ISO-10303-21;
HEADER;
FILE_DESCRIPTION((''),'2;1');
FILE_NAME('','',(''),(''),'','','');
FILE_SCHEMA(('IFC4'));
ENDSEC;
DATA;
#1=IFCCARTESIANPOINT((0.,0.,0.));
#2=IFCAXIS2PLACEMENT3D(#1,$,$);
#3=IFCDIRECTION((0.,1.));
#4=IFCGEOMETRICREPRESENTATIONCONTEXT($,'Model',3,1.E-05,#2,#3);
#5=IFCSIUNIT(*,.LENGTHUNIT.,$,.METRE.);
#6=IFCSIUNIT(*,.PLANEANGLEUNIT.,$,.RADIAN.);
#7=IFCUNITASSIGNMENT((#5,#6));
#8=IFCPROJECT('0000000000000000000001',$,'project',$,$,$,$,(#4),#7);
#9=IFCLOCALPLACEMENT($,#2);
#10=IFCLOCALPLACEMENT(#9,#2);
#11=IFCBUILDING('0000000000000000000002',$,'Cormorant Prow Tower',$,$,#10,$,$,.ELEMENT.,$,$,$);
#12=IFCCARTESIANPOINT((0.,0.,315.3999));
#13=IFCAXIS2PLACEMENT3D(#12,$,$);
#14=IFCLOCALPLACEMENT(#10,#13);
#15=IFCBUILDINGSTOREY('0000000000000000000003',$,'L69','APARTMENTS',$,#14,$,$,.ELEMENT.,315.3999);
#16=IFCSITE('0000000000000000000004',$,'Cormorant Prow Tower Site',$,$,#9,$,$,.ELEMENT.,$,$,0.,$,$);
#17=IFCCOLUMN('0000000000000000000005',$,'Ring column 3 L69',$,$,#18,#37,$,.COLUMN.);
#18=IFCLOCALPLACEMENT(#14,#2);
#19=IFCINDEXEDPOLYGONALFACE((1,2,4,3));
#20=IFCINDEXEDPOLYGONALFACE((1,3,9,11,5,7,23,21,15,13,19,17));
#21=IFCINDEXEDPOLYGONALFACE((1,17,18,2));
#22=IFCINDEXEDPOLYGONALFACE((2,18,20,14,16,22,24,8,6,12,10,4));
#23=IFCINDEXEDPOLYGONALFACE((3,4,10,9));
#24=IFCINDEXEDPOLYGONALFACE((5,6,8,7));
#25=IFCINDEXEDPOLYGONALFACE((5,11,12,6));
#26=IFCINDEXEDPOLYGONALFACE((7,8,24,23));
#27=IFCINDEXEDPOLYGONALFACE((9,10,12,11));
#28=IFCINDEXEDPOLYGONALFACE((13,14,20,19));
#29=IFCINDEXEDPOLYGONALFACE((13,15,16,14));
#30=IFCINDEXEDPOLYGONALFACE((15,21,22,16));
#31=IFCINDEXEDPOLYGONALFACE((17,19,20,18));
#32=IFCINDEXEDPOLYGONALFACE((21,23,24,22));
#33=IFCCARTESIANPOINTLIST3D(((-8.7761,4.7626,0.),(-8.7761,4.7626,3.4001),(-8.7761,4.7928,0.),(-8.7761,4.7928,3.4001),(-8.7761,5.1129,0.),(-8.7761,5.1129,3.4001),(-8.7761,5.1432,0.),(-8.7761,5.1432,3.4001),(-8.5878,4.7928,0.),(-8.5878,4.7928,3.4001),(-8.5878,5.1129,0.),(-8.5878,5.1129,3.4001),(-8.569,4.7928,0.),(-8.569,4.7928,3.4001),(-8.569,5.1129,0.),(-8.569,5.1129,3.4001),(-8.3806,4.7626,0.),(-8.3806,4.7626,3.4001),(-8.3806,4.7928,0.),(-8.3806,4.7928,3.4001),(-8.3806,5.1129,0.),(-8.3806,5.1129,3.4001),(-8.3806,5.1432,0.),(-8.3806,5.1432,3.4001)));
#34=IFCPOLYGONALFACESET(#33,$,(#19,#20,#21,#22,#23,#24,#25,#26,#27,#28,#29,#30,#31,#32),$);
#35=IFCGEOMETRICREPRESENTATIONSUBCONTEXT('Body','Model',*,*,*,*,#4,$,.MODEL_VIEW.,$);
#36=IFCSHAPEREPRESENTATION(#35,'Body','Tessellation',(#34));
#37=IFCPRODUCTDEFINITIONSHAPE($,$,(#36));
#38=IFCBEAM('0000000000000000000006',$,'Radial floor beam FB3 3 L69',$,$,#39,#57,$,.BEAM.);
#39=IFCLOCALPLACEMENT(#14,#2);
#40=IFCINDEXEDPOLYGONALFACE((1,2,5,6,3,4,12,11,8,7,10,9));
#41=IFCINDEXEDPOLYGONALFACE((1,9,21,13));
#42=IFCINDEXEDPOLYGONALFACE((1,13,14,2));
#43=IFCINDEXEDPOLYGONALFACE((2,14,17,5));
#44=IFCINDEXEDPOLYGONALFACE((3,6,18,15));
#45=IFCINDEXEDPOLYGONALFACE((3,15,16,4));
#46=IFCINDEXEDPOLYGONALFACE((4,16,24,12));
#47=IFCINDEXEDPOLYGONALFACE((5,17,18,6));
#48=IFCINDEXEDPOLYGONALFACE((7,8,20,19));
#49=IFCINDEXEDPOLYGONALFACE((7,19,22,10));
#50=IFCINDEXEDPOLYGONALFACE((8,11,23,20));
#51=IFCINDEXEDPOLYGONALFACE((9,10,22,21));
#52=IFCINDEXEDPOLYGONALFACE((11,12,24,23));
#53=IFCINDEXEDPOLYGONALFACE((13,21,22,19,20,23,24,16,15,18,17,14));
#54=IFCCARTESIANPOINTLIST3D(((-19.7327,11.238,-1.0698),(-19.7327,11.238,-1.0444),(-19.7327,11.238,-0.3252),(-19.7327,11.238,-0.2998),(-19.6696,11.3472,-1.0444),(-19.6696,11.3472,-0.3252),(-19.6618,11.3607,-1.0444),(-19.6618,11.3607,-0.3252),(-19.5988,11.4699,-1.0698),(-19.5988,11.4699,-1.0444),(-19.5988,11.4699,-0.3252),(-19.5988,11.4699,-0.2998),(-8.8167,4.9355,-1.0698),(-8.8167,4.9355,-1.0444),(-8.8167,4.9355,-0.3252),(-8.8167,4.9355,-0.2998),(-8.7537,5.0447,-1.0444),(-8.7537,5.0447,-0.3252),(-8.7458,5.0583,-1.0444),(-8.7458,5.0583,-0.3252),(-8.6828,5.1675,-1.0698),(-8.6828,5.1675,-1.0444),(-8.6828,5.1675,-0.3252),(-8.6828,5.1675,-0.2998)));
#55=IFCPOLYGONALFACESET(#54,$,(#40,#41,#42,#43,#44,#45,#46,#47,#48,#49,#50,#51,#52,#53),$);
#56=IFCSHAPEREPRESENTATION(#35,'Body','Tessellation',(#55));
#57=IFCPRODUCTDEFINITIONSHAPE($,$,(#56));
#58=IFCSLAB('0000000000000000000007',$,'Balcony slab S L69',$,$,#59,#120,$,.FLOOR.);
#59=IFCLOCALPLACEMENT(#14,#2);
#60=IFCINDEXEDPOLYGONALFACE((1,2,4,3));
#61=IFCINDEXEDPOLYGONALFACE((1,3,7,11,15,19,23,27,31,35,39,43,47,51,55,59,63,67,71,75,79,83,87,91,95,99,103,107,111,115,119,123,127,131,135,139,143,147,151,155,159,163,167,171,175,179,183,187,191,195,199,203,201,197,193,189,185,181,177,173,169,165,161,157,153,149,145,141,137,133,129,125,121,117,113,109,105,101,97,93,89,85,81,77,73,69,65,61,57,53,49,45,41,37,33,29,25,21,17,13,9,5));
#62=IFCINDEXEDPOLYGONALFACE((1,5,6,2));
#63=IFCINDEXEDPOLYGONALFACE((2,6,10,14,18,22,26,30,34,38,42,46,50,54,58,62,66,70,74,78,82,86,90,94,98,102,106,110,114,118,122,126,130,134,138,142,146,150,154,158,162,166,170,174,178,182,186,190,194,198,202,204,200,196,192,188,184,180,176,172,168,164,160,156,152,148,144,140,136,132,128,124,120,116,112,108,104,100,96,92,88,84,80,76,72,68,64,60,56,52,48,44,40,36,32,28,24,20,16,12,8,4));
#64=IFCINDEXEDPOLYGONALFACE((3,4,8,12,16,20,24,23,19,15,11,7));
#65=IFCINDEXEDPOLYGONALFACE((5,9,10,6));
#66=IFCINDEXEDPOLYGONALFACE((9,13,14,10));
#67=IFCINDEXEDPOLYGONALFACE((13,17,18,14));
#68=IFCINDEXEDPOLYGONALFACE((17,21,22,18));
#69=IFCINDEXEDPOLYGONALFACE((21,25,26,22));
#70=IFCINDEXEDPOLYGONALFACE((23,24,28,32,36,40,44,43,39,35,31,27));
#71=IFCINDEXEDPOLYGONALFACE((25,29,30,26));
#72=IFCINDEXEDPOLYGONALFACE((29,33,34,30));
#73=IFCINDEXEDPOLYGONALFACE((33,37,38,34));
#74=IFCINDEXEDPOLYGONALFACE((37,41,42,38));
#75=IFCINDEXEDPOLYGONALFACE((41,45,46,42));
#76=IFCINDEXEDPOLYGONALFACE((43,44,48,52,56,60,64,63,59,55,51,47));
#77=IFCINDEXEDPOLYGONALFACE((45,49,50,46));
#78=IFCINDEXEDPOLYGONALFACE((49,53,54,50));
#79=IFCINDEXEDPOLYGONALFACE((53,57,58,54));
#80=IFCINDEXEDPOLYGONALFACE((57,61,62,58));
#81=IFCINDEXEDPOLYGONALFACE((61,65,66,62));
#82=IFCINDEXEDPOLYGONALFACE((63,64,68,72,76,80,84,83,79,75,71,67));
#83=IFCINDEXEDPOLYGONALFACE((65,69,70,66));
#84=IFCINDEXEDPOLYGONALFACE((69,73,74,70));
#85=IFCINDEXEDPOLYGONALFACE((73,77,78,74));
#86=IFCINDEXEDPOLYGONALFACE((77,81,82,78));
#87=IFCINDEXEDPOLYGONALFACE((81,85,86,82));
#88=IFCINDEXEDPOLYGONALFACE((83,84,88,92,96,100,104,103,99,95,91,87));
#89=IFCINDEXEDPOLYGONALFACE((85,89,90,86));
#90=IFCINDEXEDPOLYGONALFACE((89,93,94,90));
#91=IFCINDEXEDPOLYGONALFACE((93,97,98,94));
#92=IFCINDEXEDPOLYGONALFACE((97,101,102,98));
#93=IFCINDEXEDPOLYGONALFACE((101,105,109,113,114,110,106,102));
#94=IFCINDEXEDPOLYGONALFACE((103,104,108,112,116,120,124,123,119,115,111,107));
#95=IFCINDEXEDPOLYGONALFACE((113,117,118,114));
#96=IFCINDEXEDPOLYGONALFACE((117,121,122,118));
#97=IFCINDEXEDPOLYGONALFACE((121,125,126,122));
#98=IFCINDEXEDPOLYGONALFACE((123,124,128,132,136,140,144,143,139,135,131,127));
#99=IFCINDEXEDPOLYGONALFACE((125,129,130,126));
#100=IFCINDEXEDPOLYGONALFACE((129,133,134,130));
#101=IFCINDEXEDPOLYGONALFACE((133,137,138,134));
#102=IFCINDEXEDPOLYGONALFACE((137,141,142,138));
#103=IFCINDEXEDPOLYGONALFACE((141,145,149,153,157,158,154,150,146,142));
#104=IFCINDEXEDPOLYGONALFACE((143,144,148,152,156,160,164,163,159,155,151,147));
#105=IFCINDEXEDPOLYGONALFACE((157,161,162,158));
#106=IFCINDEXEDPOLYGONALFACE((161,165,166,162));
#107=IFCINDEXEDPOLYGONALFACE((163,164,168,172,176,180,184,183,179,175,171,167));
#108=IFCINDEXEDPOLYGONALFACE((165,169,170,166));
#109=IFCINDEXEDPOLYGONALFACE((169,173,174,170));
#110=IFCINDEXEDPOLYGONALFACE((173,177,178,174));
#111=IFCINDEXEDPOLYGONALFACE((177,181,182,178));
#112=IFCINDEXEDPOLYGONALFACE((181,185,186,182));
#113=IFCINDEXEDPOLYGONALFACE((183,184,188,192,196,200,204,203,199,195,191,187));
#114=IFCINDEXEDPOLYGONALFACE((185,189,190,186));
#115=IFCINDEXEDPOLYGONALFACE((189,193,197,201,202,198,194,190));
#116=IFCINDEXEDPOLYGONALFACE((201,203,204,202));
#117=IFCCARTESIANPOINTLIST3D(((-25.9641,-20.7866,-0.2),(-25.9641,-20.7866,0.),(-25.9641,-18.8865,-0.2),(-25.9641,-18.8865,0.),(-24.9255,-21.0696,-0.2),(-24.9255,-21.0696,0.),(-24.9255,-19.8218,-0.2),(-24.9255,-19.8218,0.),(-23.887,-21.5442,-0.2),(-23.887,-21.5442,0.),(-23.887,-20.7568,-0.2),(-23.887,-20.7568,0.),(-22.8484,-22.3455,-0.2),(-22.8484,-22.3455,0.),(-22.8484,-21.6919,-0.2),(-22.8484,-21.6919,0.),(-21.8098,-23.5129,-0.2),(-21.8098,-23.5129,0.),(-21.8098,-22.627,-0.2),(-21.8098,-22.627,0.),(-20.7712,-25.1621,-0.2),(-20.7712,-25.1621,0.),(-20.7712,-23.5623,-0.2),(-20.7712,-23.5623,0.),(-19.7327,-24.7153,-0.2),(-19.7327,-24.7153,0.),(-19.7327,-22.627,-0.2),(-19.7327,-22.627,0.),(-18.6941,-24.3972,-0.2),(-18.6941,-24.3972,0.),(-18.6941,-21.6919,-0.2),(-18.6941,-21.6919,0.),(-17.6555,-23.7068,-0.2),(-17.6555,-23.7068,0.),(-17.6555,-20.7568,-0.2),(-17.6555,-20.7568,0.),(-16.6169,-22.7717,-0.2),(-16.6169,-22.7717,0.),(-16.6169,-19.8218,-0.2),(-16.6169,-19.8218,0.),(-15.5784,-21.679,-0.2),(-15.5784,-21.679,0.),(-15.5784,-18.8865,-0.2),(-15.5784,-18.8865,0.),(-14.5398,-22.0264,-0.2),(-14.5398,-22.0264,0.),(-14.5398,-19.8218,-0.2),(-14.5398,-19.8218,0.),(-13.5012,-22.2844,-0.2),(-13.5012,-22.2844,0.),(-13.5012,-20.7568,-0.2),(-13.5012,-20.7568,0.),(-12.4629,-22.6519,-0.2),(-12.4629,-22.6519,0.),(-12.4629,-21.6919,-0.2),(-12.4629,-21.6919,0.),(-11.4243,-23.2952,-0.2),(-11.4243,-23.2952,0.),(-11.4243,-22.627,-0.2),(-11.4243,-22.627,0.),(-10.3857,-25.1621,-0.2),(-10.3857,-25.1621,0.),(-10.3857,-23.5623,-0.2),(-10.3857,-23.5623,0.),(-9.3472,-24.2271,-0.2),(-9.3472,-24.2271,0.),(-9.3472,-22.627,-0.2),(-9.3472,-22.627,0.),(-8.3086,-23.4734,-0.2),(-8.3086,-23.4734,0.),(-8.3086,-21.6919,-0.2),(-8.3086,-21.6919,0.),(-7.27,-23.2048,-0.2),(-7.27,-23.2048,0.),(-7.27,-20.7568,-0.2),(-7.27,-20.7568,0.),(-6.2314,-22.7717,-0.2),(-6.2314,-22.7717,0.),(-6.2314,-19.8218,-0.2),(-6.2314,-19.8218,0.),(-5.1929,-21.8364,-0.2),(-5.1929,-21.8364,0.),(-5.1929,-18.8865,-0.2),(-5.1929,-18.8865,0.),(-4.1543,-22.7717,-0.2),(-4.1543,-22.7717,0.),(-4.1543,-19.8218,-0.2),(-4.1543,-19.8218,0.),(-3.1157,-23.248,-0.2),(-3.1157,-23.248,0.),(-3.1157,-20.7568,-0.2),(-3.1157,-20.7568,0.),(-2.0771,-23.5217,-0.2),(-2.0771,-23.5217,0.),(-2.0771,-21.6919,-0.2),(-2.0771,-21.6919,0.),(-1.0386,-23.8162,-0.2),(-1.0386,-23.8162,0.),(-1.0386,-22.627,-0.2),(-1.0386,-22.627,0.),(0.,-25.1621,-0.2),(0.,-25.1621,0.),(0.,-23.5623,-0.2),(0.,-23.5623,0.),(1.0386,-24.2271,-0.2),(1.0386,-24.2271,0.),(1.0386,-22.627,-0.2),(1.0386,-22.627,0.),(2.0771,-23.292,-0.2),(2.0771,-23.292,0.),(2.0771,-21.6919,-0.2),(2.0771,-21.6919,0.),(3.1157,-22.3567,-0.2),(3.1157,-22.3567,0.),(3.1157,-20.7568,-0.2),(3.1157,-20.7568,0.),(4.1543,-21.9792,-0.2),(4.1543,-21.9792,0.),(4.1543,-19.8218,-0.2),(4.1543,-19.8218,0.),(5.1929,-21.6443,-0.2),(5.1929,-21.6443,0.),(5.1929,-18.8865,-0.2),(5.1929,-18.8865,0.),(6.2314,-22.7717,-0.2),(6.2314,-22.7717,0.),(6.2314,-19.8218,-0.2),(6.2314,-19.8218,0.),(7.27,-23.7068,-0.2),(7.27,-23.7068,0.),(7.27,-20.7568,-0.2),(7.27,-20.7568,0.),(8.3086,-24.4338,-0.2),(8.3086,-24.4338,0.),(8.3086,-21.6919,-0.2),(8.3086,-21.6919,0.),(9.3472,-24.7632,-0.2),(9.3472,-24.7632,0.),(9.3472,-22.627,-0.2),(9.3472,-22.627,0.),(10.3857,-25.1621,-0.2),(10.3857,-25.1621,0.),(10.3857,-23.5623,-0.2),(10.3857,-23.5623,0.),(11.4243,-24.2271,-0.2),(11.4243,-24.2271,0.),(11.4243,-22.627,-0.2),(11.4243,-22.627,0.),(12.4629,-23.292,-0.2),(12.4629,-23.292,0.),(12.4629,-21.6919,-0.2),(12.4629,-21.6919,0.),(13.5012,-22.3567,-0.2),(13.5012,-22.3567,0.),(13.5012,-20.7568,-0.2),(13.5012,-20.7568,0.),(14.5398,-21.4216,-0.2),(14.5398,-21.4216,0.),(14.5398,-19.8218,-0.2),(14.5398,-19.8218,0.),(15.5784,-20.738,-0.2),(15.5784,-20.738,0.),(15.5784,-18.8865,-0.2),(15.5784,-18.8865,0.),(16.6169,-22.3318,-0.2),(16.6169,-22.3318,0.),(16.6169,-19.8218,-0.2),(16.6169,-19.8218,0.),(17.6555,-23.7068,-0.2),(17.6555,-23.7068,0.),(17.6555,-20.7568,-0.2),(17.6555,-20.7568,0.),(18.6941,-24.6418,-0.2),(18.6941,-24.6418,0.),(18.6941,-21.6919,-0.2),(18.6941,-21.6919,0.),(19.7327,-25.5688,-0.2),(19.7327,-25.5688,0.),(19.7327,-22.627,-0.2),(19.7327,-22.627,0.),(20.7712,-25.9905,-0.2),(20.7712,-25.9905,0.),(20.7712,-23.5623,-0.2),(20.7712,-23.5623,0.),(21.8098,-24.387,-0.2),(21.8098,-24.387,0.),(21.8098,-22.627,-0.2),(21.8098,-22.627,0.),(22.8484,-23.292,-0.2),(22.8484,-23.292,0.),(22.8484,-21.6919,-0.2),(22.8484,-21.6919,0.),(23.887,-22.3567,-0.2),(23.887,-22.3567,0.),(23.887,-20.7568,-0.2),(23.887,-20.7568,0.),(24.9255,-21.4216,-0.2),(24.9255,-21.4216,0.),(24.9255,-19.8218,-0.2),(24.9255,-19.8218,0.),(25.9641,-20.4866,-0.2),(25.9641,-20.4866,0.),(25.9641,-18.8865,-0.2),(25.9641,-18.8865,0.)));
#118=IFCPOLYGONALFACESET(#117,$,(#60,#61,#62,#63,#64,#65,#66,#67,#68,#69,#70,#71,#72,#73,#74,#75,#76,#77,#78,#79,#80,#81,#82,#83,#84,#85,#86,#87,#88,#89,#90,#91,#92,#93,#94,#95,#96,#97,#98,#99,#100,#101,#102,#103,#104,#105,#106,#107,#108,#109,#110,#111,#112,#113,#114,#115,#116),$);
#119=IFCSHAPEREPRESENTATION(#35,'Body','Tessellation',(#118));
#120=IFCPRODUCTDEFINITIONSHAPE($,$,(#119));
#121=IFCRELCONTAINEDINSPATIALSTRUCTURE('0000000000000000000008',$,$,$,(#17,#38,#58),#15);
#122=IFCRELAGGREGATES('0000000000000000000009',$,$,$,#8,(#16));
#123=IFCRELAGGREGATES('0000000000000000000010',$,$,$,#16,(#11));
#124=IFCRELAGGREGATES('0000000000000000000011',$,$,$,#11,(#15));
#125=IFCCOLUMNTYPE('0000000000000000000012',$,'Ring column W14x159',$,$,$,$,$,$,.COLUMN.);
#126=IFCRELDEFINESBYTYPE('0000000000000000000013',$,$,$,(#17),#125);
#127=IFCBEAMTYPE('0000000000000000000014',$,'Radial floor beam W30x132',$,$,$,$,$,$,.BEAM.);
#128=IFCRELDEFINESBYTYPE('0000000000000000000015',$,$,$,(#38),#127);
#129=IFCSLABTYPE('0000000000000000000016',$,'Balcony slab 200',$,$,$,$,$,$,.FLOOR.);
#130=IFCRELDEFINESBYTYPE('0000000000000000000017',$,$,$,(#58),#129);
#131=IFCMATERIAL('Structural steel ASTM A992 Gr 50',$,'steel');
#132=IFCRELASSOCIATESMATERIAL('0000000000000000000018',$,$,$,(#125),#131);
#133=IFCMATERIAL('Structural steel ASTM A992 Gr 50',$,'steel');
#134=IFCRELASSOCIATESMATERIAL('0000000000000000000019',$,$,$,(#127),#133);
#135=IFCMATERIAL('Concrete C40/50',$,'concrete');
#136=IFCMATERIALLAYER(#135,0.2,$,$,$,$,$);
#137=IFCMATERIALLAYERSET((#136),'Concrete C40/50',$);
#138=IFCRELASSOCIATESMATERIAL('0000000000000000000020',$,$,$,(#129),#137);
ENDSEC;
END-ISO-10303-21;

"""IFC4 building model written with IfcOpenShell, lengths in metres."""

from ifc_helpers import new_model, si_unit, direction, frame, origin, origin_2d, place, context, subcontext, project, spatial, polyline, i_section, outline, extrude, material, layer, layer_set, material_profile, profile_set, type_object, element, save


model = new_model("IFC4")

# Units and contexts
model_context = context("Model", 3, precision=1e-05, world=origin(), true_north=direction((0.0, 1.0)))
body_context = subcontext(model_context, "Body", "Model", "MODEL_VIEW")
ifc_project = project(units=[si_unit("LENGTHUNIT", "METRE"), si_unit("PLANEANGLEUNIT", "RADIAN")], contexts=[model_context])

# Site, building, storey
site_placement = place(None, origin())
site = spatial("IfcSite", under=ifc_project, at=site_placement, Name="Cormorant Prow Tower Site", CompositionType="ELEMENT", RefElevation=0.0)
building_placement = place(site_placement, origin())
building = spatial("IfcBuilding", under=site, at=building_placement, Name="Cormorant Prow Tower", CompositionType="ELEMENT")
storey_placement = place(building_placement, frame((0.0, 0.0, 315.3999)))
storey = spatial("IfcBuildingStorey", under=building, at=storey_placement, Name="L69", Description="APARTMENTS", CompositionType="ELEMENT", Elevation=315.3999)

# Column
ifc_material_1 = material(Name="Structural steel ASTM A992 Gr 50", Category="steel")
ifc_material_profile_1 = material_profile(ifc_material_1, i_section(OverallWidth=0.3955, OverallDepth=0.3806, WebThickness=0.0188, FlangeThickness=0.0303, at=origin_2d()), Name="W14x159")
ifc_profile_set_1 = profile_set([ifc_material_profile_1], Name="Structural steel ASTM A992 Gr 50")
column_type = type_object("IfcColumnType", Name="Ring column W14x159", PredefinedType="COLUMN", material=ifc_profile_set_1)
column_placement = place(storey_placement, frame((-8.5784, 4.9529, 0.0), z_axis=(0.0, 0.0, 1.0), x_axis=(1.0, 0.0, 0.0)))
element("IfcColumn", 1, at=column_placement, inside=storey, type_object=column_type, Name="Ring column 3 L69", PredefinedType="COLUMN", context=body_context, shape_type="SweptSolid", body=[
    extrude(i_section(OverallWidth=0.3955, OverallDepth=0.3806, WebThickness=0.0188, FlangeThickness=0.0303, at=origin_2d()), origin(), (0.0, 0.0, 1.0), 3.4001),
])

# Beam
ifc_material_2 = material(Name="Structural steel ASTM A992 Gr 50", Category="steel")
ifc_material_profile_2 = material_profile(ifc_material_2, i_section(OverallWidth=0.2678, OverallDepth=0.77, WebThickness=0.0156, FlangeThickness=0.0254, at=origin_2d()), Name="W30x132")
ifc_profile_set_2 = profile_set([ifc_material_profile_2], Name="Structural steel ASTM A992 Gr 50")
beam_type = type_object("IfcBeamType", Name="Radial floor beam W30x132", PredefinedType="BEAM", material=ifc_profile_set_2)
beam_placement = place(storey_placement, frame((-8.7498, 5.0515, -0.6848), z_axis=(-0.866021, 0.500007, 0.0), x_axis=(-0.500007, -0.866021, 0.0)))
element("IfcBeam", 2, at=beam_placement, inside=storey, type_object=beam_type, Name="Radial floor beam FB3 3 L69", PredefinedType="BEAM", context=body_context, shape_type="SweptSolid", body=[
    extrude(i_section(OverallWidth=0.2678, OverallDepth=0.77, WebThickness=0.0156, FlangeThickness=0.0254, at=origin_2d()), origin(), (0.0, 0.0, 1.0), 12.6047),
])

# Slab
ifc_material_3 = material(Name="Concrete C40/50", Category="concrete")
ifc_layer_1 = layer(ifc_material_3, 0.2)
ifc_layer_set_1 = layer_set([ifc_layer_1], Name="Concrete C40/50")
slab_type_1 = type_object("IfcSlabType", Name="Balcony slab 200", PredefinedType="FLOOR", material=ifc_layer_set_1)
slab_1_placement = place(storey_placement, frame((0.0, 0.0, -0.2)))
element("IfcSlab", 3, at=slab_1_placement, inside=storey, type_object=slab_type_1, Name="Balcony slab S L69", PredefinedType="FLOOR", context=body_context, shape_type="SweptSolid", body=[
    extrude(outline(polyline([(-25.9641, -18.8865), (-25.9641, -20.7866), (-24.9255, -21.0696), (-23.887, -21.5442), (-22.8484, -22.3455), (-21.8098, -23.5129), (-20.7712, -25.1621), (-19.7327, -24.7153), (-18.6941, -24.3972), (-17.6555, -23.7068), (-16.6169, -22.7717), (-15.5784, -21.679), (-14.5398, -22.0264), (-13.5012, -22.2844), (-12.4629, -22.6519), (-11.4243, -23.2952), (-10.3857, -25.1621), (-9.3472, -24.2271), (-8.3086, -23.4734), (-7.27, -23.2048), (-6.2314, -22.7717), (-5.1929, -21.8364), (-4.1543, -22.7717), (-3.1157, -23.248), (-2.0771, -23.5217), (-1.0386, -23.8162), (0.0, -25.1621), (1.0386, -24.2271), (2.0771, -23.292), (3.1157, -22.3567), (4.1543, -21.9792), (5.1929, -21.6443), (6.2314, -22.7717), (7.27, -23.7068), (8.3086, -24.4338), (9.3472, -24.7632), (10.3857, -25.1621), (11.4243, -24.2271), (12.4629, -23.292), (13.5012, -22.3567), (14.5398, -21.4216), (15.5784, -20.738), (16.6169, -22.3318), (17.6555, -23.7068), (18.6941, -24.6418), (19.7327, -25.5688), (20.7712, -25.9905), (21.8098, -24.387), (22.8484, -23.292), (23.887, -22.3567), (24.9255, -21.4216), (25.9641, -20.4866), (25.9641, -18.8865), (24.9255, -19.8218), (23.887, -20.7568), (22.8484, -21.6919), (21.8098, -22.627), (20.7712, -23.5623), (19.7327, -22.627), (18.6941, -21.6919), (17.6555, -20.7568), (16.6169, -19.8218), (15.5784, -18.8865), (14.5398, -19.8218), (13.5012, -20.7568), (12.4629, -21.6919), (11.4243, -22.627), (10.3857, -23.5623), (9.3472, -22.627), (8.3086, -21.6919), (7.27, -20.7568), (6.2314, -19.8218), (5.1929, -18.8865), (4.1543, -19.8218), (3.1157, -20.7568), (2.0771, -21.6919), (1.0386, -22.627), (0.0, -23.5623), (-1.0386, -22.627), (-2.0771, -21.6919), (-3.1157, -20.7568), (-4.1543, -19.8218), (-5.1929, -18.8865), (-6.2314, -19.8218), (-7.27, -20.7568), (-8.3086, -21.6919), (-9.3472, -22.627), (-10.3857, -23.5623), (-11.4243, -22.627), (-12.4629, -21.6919), (-13.5012, -20.7568), (-14.5398, -19.8218), (-15.5784, -18.8865), (-16.6169, -19.8218), (-17.6555, -20.7568), (-18.6941, -21.6919), (-19.7327, -22.627), (-20.7712, -23.5623), (-21.8098, -22.627), (-22.8484, -21.6919), (-23.887, -20.7568), (-24.9255, -19.8218), (-25.9641, -18.8865)])), origin(), (0.0, 0.0, 1.0), 0.2),
])

save(model, "model.ifc")
